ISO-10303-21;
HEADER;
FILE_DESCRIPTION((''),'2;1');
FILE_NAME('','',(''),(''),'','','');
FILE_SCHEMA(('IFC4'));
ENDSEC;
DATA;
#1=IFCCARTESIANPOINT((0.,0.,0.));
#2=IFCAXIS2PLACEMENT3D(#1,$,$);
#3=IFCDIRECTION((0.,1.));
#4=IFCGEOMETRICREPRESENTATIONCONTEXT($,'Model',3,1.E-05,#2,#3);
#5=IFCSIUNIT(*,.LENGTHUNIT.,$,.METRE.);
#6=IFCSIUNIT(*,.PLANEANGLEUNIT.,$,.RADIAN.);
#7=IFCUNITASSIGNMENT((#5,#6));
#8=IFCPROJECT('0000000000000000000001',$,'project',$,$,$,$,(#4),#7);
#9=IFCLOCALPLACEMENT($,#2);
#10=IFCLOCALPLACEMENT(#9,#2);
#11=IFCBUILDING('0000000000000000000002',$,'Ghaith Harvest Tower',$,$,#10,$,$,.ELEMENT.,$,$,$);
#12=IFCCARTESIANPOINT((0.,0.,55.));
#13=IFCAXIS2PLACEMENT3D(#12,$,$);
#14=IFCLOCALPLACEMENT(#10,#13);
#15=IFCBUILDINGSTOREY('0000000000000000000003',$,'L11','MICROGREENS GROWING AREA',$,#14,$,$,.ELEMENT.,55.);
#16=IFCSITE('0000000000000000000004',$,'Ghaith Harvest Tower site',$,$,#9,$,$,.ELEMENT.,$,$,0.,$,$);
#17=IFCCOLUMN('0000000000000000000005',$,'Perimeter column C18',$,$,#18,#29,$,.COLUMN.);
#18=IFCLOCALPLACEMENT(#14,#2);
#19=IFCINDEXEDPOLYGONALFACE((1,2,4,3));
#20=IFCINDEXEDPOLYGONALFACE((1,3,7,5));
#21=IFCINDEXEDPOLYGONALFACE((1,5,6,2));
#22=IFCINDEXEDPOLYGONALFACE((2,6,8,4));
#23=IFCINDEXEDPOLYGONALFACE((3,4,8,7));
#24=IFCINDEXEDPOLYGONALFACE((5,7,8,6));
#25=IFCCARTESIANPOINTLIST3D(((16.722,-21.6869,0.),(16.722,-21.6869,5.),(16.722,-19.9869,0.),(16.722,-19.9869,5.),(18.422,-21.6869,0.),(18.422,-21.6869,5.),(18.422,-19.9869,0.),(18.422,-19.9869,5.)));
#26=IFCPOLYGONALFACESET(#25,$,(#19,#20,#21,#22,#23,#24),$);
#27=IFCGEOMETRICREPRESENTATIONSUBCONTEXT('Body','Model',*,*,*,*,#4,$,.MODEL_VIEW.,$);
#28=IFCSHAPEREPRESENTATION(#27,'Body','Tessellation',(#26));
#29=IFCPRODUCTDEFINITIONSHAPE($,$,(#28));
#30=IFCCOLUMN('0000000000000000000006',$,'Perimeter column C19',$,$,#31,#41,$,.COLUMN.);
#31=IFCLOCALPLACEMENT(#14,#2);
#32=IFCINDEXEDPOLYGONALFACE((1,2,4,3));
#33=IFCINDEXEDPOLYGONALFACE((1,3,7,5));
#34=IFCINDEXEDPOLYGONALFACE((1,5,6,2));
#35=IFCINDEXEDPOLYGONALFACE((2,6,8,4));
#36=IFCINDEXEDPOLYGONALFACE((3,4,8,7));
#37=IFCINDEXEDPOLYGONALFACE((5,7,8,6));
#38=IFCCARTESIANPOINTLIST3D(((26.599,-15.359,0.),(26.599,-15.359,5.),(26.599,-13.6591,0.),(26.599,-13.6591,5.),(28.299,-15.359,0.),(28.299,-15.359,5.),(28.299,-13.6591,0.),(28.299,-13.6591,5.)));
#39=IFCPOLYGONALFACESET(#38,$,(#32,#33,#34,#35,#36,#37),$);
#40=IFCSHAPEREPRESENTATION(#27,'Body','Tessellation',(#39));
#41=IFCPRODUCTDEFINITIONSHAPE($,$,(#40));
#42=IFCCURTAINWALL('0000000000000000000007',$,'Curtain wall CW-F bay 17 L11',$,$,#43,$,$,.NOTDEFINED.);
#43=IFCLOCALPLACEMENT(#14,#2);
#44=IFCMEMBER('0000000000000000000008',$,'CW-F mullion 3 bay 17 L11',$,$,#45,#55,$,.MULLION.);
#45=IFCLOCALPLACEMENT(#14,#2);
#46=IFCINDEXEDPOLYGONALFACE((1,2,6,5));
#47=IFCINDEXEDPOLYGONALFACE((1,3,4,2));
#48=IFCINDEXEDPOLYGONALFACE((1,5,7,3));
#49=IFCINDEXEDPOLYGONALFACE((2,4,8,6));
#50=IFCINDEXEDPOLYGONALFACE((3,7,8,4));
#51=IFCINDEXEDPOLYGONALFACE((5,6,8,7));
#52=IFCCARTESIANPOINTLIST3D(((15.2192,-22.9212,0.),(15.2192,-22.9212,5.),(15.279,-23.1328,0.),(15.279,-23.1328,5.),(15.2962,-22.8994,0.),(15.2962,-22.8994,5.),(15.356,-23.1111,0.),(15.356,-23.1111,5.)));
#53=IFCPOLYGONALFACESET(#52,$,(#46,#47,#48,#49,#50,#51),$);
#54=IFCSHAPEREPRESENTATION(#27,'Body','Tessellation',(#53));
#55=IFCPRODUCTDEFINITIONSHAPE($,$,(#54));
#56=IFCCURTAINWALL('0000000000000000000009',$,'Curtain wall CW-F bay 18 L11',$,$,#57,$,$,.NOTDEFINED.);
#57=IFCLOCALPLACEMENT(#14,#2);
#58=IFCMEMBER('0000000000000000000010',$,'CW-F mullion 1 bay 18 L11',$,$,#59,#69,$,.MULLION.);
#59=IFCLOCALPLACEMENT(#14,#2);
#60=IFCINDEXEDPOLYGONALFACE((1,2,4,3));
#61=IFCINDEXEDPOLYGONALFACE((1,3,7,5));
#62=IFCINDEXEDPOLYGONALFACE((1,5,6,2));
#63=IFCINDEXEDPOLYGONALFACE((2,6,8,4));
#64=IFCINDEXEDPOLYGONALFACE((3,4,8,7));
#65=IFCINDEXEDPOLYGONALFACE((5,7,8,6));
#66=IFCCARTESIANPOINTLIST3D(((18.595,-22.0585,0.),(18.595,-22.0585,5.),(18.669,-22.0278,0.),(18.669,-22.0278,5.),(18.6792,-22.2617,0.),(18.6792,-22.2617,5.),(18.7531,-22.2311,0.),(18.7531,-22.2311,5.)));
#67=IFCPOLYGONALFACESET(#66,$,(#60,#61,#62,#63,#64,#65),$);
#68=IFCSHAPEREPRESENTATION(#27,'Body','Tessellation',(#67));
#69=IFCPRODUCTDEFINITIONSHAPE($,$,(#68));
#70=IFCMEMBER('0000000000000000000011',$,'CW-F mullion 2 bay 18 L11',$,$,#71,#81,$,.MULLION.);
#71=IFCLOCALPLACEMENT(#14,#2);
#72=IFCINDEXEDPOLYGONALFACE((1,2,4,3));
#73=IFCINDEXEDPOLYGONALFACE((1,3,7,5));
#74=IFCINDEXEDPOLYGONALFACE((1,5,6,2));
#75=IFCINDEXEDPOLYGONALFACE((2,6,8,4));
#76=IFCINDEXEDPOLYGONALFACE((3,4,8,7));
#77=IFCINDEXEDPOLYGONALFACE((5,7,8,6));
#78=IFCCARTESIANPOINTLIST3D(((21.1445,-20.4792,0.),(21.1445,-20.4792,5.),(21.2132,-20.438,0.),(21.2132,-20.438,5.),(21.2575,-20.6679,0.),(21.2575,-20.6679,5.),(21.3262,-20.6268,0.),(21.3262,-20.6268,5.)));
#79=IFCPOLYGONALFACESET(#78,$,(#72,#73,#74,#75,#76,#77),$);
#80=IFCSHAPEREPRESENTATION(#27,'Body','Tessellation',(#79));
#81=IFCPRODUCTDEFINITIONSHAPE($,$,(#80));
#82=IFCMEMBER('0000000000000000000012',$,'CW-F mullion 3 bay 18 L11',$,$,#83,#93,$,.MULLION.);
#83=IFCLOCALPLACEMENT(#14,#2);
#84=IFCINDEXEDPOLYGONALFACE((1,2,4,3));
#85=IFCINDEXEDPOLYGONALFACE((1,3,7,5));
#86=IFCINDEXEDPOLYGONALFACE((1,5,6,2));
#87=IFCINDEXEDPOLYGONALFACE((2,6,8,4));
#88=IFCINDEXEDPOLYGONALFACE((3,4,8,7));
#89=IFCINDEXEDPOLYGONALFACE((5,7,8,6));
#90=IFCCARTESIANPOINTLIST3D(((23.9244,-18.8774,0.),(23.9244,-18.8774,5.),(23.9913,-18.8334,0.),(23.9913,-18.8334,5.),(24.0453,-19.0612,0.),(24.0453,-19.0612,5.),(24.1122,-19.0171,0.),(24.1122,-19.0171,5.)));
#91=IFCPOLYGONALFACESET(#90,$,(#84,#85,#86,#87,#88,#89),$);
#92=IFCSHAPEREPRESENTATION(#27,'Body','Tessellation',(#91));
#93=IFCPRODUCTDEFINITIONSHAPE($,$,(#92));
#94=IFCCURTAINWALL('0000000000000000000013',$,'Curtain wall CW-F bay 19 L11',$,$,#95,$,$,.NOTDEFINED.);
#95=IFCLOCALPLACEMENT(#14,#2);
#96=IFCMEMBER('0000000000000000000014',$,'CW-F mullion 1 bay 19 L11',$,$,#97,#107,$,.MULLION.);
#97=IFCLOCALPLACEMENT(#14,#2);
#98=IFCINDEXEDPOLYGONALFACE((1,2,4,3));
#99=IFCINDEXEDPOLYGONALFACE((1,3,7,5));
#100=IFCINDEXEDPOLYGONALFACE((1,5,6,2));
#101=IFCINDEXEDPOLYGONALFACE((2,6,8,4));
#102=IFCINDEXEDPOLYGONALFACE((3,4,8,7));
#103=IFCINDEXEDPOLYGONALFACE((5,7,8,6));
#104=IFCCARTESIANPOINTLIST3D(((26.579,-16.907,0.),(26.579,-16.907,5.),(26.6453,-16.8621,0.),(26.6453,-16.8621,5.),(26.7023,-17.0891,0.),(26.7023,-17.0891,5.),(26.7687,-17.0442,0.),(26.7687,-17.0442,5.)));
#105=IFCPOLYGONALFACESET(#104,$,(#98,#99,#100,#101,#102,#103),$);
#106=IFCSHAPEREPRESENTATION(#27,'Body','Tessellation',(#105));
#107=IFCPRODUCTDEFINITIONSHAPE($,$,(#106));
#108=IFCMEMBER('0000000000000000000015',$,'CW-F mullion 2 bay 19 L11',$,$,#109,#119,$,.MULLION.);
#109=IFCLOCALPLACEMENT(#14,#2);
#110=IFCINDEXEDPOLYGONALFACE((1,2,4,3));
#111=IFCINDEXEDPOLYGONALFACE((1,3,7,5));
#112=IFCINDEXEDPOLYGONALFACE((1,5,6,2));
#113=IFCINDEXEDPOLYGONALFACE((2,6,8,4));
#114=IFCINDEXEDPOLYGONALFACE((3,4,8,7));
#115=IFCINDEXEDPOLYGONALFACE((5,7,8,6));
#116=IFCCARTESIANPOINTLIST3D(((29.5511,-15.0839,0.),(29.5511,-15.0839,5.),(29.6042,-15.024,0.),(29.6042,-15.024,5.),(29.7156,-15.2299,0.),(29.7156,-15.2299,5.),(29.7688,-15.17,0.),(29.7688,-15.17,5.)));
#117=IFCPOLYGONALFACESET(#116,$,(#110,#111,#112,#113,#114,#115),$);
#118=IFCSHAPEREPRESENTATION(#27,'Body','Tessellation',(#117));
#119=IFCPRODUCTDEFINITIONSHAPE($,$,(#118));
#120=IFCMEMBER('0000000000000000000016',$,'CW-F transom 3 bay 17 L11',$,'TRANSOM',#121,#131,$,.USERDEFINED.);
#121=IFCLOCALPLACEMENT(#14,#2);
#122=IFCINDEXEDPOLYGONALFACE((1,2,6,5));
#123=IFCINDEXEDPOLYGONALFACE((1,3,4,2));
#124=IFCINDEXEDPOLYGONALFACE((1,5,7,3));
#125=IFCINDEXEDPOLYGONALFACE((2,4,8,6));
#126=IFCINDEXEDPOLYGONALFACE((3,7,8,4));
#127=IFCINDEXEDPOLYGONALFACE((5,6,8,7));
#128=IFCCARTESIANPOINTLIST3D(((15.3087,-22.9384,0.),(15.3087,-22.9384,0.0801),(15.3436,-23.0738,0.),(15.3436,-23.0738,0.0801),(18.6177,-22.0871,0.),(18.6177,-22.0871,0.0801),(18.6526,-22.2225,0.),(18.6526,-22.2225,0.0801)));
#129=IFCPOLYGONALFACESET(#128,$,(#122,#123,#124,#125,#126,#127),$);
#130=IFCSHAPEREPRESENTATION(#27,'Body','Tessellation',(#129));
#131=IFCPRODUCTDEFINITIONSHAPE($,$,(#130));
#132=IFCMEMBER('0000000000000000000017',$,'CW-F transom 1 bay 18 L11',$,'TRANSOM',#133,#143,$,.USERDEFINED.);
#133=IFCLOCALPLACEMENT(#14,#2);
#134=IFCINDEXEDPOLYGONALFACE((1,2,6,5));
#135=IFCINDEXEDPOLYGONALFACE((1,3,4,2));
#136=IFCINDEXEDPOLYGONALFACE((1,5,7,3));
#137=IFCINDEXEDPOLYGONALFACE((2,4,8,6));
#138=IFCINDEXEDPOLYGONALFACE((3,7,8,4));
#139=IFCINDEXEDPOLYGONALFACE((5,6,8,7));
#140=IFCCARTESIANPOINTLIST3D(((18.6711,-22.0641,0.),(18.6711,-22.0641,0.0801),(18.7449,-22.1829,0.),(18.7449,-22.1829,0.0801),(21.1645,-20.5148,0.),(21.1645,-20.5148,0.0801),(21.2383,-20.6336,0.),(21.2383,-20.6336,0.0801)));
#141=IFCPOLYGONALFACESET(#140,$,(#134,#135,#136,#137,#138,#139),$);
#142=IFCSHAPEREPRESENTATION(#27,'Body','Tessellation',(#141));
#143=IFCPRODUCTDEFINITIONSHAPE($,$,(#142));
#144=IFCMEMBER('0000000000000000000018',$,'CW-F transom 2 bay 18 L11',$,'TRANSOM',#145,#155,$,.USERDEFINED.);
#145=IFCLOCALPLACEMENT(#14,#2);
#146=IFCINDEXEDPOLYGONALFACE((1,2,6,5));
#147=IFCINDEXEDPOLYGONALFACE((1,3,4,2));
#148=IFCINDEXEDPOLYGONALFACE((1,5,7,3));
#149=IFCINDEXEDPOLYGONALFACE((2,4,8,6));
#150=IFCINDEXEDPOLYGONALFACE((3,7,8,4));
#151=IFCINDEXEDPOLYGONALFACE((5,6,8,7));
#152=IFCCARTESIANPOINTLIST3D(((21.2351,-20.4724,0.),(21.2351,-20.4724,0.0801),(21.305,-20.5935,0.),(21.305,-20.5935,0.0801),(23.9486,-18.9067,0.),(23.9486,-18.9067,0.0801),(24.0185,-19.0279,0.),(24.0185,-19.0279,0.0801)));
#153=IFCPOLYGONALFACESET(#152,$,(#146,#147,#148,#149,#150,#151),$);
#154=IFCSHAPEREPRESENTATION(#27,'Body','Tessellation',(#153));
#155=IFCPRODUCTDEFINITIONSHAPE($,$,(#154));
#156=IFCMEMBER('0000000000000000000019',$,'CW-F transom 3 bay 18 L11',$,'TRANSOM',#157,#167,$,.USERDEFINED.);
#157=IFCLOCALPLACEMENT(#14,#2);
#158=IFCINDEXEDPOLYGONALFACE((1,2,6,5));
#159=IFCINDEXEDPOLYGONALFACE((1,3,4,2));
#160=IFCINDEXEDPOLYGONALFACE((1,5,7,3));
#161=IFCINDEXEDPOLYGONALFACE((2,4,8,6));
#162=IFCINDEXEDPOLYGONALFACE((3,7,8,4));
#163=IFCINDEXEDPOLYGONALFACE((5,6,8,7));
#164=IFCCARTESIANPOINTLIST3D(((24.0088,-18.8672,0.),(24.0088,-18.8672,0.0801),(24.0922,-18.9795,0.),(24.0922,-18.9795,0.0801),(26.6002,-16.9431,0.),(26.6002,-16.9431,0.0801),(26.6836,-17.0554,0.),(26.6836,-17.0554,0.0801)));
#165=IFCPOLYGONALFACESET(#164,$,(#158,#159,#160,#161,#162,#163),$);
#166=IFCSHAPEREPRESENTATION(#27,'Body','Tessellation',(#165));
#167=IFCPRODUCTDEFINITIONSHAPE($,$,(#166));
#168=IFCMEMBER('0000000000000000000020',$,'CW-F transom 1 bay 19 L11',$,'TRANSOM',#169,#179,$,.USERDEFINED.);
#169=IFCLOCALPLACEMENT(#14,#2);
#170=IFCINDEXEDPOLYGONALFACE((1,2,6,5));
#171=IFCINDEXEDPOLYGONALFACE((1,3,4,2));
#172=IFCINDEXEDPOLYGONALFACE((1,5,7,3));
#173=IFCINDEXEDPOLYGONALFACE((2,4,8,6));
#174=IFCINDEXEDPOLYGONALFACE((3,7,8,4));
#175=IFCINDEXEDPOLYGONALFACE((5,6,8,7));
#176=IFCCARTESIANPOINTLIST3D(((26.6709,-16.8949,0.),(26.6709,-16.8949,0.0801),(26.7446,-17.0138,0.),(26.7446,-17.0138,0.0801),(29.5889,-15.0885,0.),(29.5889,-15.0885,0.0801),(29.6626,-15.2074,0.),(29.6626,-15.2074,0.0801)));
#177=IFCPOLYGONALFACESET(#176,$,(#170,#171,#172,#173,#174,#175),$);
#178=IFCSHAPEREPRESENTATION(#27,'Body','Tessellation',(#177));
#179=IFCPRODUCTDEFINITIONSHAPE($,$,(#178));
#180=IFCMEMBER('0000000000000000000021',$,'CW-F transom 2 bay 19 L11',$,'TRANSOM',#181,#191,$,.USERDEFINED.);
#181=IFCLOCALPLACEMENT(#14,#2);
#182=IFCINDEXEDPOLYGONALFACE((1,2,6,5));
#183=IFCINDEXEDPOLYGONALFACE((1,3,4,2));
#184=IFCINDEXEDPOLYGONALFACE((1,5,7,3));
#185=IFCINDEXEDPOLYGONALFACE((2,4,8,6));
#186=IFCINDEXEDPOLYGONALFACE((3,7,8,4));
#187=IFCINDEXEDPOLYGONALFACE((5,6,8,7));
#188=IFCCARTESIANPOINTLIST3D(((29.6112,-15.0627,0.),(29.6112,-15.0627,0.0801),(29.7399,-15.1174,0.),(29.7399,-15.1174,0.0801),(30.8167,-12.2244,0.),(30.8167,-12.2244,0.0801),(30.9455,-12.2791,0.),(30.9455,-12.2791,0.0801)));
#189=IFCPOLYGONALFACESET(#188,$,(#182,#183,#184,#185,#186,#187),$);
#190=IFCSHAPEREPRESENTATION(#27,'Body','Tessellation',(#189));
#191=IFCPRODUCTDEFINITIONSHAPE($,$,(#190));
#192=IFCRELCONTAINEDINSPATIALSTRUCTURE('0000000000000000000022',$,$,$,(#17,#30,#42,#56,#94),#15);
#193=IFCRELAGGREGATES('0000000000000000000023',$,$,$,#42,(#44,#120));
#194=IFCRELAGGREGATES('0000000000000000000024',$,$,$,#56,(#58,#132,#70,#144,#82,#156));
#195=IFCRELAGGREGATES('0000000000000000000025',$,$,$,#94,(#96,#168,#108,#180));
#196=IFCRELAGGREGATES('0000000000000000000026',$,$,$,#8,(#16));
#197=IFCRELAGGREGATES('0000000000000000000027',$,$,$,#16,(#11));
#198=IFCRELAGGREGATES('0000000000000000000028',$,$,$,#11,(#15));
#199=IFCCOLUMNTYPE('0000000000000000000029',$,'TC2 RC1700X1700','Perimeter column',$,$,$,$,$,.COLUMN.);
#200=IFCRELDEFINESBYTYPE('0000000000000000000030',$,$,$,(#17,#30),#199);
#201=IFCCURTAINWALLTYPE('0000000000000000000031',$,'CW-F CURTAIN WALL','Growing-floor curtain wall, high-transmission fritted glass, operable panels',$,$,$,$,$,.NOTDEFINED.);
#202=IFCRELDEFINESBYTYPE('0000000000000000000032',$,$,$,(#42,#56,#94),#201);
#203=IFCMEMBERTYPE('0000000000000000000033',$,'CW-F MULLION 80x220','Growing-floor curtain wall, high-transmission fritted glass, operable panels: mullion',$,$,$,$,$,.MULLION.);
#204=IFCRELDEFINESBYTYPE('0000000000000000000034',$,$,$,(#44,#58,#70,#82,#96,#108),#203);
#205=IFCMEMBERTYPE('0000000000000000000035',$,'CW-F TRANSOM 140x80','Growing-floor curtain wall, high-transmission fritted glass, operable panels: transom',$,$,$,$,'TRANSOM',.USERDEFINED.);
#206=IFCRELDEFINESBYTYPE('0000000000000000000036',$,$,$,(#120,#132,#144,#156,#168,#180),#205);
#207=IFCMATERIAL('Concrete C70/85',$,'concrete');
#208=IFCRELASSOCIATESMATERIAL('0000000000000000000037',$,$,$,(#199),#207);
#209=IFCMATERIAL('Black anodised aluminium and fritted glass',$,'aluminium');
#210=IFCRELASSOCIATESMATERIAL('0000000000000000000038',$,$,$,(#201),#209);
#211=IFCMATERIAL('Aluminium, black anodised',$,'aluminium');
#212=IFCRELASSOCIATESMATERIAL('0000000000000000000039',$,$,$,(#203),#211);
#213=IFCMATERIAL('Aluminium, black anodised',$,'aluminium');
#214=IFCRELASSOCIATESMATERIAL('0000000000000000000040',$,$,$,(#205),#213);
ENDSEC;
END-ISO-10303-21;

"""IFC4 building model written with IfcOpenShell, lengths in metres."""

from ifc_helpers import new_model, si_unit, direction, frame, origin, origin_2d, place, context, subcontext, project, spatial, rectangle, extrude, material, material_profile, profile_set, type_object, element, aggregate, save


model = new_model("IFC4")

# Units and contexts
model_context = context("Model", 3, precision=1e-05, world=origin(), true_north=direction((0.0, 1.0)))
body_context = subcontext(model_context, "Body", "Model", "MODEL_VIEW")
ifc_project = project(units=[si_unit("LENGTHUNIT", "METRE"), si_unit("PLANEANGLEUNIT", "RADIAN")], contexts=[model_context])

# Site, building, storey
site_placement = place(None, origin())
site = spatial("IfcSite", under=ifc_project, at=site_placement, Name="Ghaith Harvest Tower site", CompositionType="ELEMENT", RefElevation=0.0)
building_placement = place(site_placement, origin())
building = spatial("IfcBuilding", under=site, at=building_placement, Name="Ghaith Harvest Tower", CompositionType="ELEMENT")
storey_placement = place(building_placement, frame((0.0, 0.0, 55.0)))
storey = spatial("IfcBuildingStorey", under=building, at=storey_placement, Name="L11", Description="MICROGREENS GROWING AREA", CompositionType="ELEMENT", Elevation=55.0)

# Columns
ifc_material_1 = material(Name="Concrete C70/85", Category="concrete")
ifc_material_profile_1 = material_profile(ifc_material_1, rectangle(XDim=1.7, YDim=1.7, at=origin_2d()), Name="RC1700X1700")
ifc_profile_set_1 = profile_set([ifc_material_profile_1], Name="Concrete C70/85")
column_type = type_object("IfcColumnType", Name="TC2 RC1700X1700", Description="Perimeter column", PredefinedType="COLUMN", material=ifc_profile_set_1)
for number, where, z_axis, x_axis, name in (
    (1, (17.572, -20.8369, 0.0), (0.0, 0.0, 1.0), (1.0, 0.0, 0.0), "Perimeter column C18"),
    (2, (27.449, -14.509, 0.0), (0.0, 0.0, 1.0), (1.0, 0.0, 0.0), "Perimeter column C19"),
):
    element("IfcColumn", number, at=place(storey_placement, frame(where, z_axis=z_axis, x_axis=x_axis)), inside=storey, type_object=column_type, Name=name, PredefinedType="COLUMN", context=body_context, shape_type="SweptSolid", body=[
        extrude(rectangle(XDim=1.7, YDim=1.7, at=origin_2d()), origin(), (0.0, 0.0, 1.0), 5.0),
    ])

# Curtain wall, member
ifc_material_2 = material(Name="Black anodised aluminium and fritted glass", Category="aluminium")
curtain_wall_type = type_object("IfcCurtainWallType", Name="CW-F CURTAIN WALL", Description="Growing-floor curtain wall, high-transmission fritted glass, operable panels", PredefinedType="NOTDEFINED", material=ifc_material_2)
curtain_wall_1_placement = place(storey_placement, origin())
curtain_wall_1 = element("IfcCurtainWall", 3, at=curtain_wall_1_placement, inside=storey, type_object=curtain_wall_type, Name="Curtain wall CW-F bay 17 L11", PredefinedType="NOTDEFINED")
ifc_material_3 = material(Name="Aluminium, black anodised", Category="aluminium")
ifc_material_profile_2 = material_profile(ifc_material_3, rectangle(XDim=0.0801, YDim=0.22, at=origin_2d()), Name="CW-F MULLION 80x220")
ifc_profile_set_2 = profile_set([ifc_material_profile_2], Name="Aluminium, black anodised")
member_type_1 = type_object("IfcMemberType", Name="CW-F MULLION 80x220", Description="Growing-floor curtain wall, high-transmission fritted glass, operable panels: mullion", PredefinedType="MULLION", material=ifc_profile_set_2)
member_1_placement = place(storey_placement, frame((15.2876, -23.0161, 0.0), z_axis=(0.0, 0.0, 1.0), x_axis=(0.962313, 0.271944, 0.0)))
member_1 = element("IfcMember", 4, at=member_1_placement, type_object=member_type_1, Name="CW-F mullion 3 bay 17 L11", PredefinedType="MULLION", context=body_context, shape_type="SweptSolid", body=[
    extrude(rectangle(XDim=0.0801, YDim=0.22, at=origin_2d()), origin(), (0.0, 0.0, 1.0), 5.0),
])

# Curtain walls, members
curtain_wall_2_placement = place(storey_placement, origin())
curtain_wall_2 = element("IfcCurtainWall", 5, at=curtain_wall_2_placement, inside=storey, type_object=curtain_wall_type, Name="Curtain wall CW-F bay 18 L11", PredefinedType="NOTDEFINED")
member_2_placement = place(storey_placement, frame((18.6741, -22.1448, 0.0), z_axis=(0.0, 0.0, 1.0), x_axis=(0.92391, 0.382609, 0.0)))
member_2 = element("IfcMember", 6, at=member_2_placement, type_object=member_type_1, Name="CW-F mullion 1 bay 18 L11", PredefinedType="MULLION", context=body_context, shape_type="SweptSolid", body=[
    extrude(rectangle(XDim=0.0801, YDim=0.22, at=origin_2d()), origin(), (0.0, 0.0, 1.0), 5.0),
])
member_3_placement = place(storey_placement, frame((21.2354, -20.553, 0.0), z_axis=(0.0, 0.0, 1.0), x_axis=(0.85814, 0.513415, 0.0)))
member_3 = element("IfcMember", 7, at=member_3_placement, type_object=member_type_1, Name="CW-F mullion 2 bay 18 L11", PredefinedType="MULLION", context=body_context, shape_type="SweptSolid", body=[
    extrude(rectangle(XDim=0.0801, YDim=0.22, at=origin_2d()), origin(), (0.0, 0.0, 1.0), 5.0),
])
member_4_placement = place(storey_placement, frame((24.0183, -18.9473, 0.0), z_axis=(0.0, 0.0, 1.0), x_axis=(0.835444, 0.549576, 0.0)))
member_4 = element("IfcMember", 8, at=member_4_placement, type_object=member_type_1, Name="CW-F mullion 3 bay 18 L11", PredefinedType="MULLION", context=body_context, shape_type="SweptSolid", body=[
    extrude(rectangle(XDim=0.0801, YDim=0.22, at=origin_2d()), origin(), (0.0, 0.0, 1.0), 5.0),
])
curtain_wall_3_placement = place(storey_placement, origin())
curtain_wall_3 = element("IfcCurtainWall", 9, at=curtain_wall_3_placement, inside=storey, type_object=curtain_wall_type, Name="Curtain wall CW-F bay 19 L11", PredefinedType="NOTDEFINED")
member_5_placement = place(storey_placement, frame((26.6738, -16.9756, 0.0), z_axis=(0.0, 0.0, 1.0), x_axis=(0.828002, 0.560725, 0.0)))
member_5 = element("IfcMember", 10, at=member_5_placement, type_object=member_type_1, Name="CW-F mullion 1 bay 19 L11", PredefinedType="MULLION", context=body_context, shape_type="SweptSolid", body=[
    extrude(rectangle(XDim=0.0801, YDim=0.22, at=origin_2d()), origin(), (0.0, 0.0, 1.0), 5.0),
])
member_6_placement = place(storey_placement, frame((29.6599, -15.127, 0.0), z_axis=(0.0, 0.0, 1.0), x_axis=(0.663605, 0.748083, 0.0)))
member_6 = element("IfcMember", 11, at=member_6_placement, type_object=member_type_1, Name="CW-F mullion 2 bay 19 L11", PredefinedType="MULLION", context=body_context, shape_type="SweptSolid", body=[
    extrude(rectangle(XDim=0.0801, YDim=0.22, at=origin_2d()), origin(), (0.0, 0.0, 1.0), 5.0),
])

# Members
ifc_material_4 = material(Name="Aluminium, black anodised", Category="aluminium")
ifc_material_profile_3 = material_profile(ifc_material_4, rectangle(XDim=0.1399, YDim=0.0801, at=origin_2d()), Name="CW-F TRANSOM 140x80")
ifc_profile_set_3 = profile_set([ifc_material_profile_3], Name="Aluminium, black anodised")
member_type_2 = type_object("IfcMemberType", Name="CW-F TRANSOM 140x80", Description="Growing-floor curtain wall, high-transmission fritted glass, operable panels: transom", ElementType="TRANSOM", PredefinedType="USERDEFINED", material=ifc_profile_set_3)
member_7_placement = place(storey_placement, frame((15.3262, -23.0061, 0.04), z_axis=(0.968464, 0.249154, 0.0), x_axis=(-0.249154, 0.968464, 0.0)))
member_7 = element("IfcMember", 12, at=member_7_placement, type_object=member_type_2, Name="CW-F transom 3 bay 17 L11", ObjectType="TRANSOM", PredefinedType="USERDEFINED", context=body_context, shape_type="SweptSolid", body=[
    extrude(rectangle(XDim=0.1399, YDim=0.0801, at=origin_2d()), origin(), (0.0, 0.0, 1.0), 3.4167),
])
member_8_placement = place(storey_placement, frame((18.708, -22.1235, 0.04), z_axis=(0.849383, 0.527777, 0.0), x_axis=(-0.527777, 0.849383, 0.0)))
member_8 = element("IfcMember", 13, at=member_8_placement, type_object=member_type_2, Name="CW-F transom 1 bay 18 L11", ObjectType="TRANSOM", PredefinedType="USERDEFINED", context=body_context, shape_type="SweptSolid", body=[
    extrude(rectangle(XDim=0.1399, YDim=0.0801, at=origin_2d()), origin(), (0.0, 0.0, 1.0), 2.9355),
])
member_9_placement = place(storey_placement, frame((21.27, -20.533, 0.04), z_axis=(0.866169, 0.499752, 0.0), x_axis=(-0.499752, 0.866169, 0.0)))
member_9 = element("IfcMember", 14, at=member_9_placement, type_object=member_type_2, Name="CW-F transom 2 bay 18 L11", ObjectType="TRANSOM", PredefinedType="USERDEFINED", context=body_context, shape_type="SweptSolid", body=[
    extrude(rectangle(XDim=0.1399, YDim=0.0801, at=origin_2d()), origin(), (0.0, 0.0, 1.0), 3.1328),
])
member_10_placement = place(storey_placement, frame((24.0505, -18.9233, 0.04), z_axis=(0.802877, 0.596144, 0.0), x_axis=(-0.596144, 0.802877, 0.0)))
member_10 = element("IfcMember", 15, at=member_10_placement, type_object=member_type_2, Name="CW-F transom 3 bay 18 L11", ObjectType="TRANSOM", PredefinedType="USERDEFINED", context=body_context, shape_type="SweptSolid", body=[
    extrude(rectangle(XDim=0.1399, YDim=0.0801, at=origin_2d()), origin(), (0.0, 0.0, 1.0), 3.2275),
])
member_11_placement = place(storey_placement, frame((26.7078, -16.9543, 0.04), z_axis=(0.850261, 0.526362, 0.0), x_axis=(-0.526362, 0.850261, 0.0)))
member_11 = element("IfcMember", 16, at=member_11_placement, type_object=member_type_2, Name="CW-F transom 1 bay 19 L11", ObjectType="TRANSOM", PredefinedType="USERDEFINED", context=body_context, shape_type="SweptSolid", body=[
    extrude(rectangle(XDim=0.1399, YDim=0.0801, at=origin_2d()), origin(), (0.0, 0.0, 1.0), 3.4319),
])
member_12_placement = place(storey_placement, frame((29.6755, -15.0901, 0.04), z_axis=(0.390936, 0.920418, 0.0), x_axis=(-0.920418, 0.390936, 0.0)))
member_12 = element("IfcMember", 17, at=member_12_placement, type_object=member_type_2, Name="CW-F transom 2 bay 19 L11", ObjectType="TRANSOM", PredefinedType="USERDEFINED", context=body_context, shape_type="SweptSolid", body=[
    extrude(rectangle(XDim=0.1399, YDim=0.0801, at=origin_2d()), origin(), (0.0, 0.0, 1.0), 3.0837),
])

aggregate(curtain_wall_1, [member_1, member_7])
aggregate(curtain_wall_2, [member_2, member_8, member_3, member_9, member_4, member_10])
aggregate(curtain_wall_3, [member_5, member_11, member_6, member_12])

save(model, "model.ifc")
